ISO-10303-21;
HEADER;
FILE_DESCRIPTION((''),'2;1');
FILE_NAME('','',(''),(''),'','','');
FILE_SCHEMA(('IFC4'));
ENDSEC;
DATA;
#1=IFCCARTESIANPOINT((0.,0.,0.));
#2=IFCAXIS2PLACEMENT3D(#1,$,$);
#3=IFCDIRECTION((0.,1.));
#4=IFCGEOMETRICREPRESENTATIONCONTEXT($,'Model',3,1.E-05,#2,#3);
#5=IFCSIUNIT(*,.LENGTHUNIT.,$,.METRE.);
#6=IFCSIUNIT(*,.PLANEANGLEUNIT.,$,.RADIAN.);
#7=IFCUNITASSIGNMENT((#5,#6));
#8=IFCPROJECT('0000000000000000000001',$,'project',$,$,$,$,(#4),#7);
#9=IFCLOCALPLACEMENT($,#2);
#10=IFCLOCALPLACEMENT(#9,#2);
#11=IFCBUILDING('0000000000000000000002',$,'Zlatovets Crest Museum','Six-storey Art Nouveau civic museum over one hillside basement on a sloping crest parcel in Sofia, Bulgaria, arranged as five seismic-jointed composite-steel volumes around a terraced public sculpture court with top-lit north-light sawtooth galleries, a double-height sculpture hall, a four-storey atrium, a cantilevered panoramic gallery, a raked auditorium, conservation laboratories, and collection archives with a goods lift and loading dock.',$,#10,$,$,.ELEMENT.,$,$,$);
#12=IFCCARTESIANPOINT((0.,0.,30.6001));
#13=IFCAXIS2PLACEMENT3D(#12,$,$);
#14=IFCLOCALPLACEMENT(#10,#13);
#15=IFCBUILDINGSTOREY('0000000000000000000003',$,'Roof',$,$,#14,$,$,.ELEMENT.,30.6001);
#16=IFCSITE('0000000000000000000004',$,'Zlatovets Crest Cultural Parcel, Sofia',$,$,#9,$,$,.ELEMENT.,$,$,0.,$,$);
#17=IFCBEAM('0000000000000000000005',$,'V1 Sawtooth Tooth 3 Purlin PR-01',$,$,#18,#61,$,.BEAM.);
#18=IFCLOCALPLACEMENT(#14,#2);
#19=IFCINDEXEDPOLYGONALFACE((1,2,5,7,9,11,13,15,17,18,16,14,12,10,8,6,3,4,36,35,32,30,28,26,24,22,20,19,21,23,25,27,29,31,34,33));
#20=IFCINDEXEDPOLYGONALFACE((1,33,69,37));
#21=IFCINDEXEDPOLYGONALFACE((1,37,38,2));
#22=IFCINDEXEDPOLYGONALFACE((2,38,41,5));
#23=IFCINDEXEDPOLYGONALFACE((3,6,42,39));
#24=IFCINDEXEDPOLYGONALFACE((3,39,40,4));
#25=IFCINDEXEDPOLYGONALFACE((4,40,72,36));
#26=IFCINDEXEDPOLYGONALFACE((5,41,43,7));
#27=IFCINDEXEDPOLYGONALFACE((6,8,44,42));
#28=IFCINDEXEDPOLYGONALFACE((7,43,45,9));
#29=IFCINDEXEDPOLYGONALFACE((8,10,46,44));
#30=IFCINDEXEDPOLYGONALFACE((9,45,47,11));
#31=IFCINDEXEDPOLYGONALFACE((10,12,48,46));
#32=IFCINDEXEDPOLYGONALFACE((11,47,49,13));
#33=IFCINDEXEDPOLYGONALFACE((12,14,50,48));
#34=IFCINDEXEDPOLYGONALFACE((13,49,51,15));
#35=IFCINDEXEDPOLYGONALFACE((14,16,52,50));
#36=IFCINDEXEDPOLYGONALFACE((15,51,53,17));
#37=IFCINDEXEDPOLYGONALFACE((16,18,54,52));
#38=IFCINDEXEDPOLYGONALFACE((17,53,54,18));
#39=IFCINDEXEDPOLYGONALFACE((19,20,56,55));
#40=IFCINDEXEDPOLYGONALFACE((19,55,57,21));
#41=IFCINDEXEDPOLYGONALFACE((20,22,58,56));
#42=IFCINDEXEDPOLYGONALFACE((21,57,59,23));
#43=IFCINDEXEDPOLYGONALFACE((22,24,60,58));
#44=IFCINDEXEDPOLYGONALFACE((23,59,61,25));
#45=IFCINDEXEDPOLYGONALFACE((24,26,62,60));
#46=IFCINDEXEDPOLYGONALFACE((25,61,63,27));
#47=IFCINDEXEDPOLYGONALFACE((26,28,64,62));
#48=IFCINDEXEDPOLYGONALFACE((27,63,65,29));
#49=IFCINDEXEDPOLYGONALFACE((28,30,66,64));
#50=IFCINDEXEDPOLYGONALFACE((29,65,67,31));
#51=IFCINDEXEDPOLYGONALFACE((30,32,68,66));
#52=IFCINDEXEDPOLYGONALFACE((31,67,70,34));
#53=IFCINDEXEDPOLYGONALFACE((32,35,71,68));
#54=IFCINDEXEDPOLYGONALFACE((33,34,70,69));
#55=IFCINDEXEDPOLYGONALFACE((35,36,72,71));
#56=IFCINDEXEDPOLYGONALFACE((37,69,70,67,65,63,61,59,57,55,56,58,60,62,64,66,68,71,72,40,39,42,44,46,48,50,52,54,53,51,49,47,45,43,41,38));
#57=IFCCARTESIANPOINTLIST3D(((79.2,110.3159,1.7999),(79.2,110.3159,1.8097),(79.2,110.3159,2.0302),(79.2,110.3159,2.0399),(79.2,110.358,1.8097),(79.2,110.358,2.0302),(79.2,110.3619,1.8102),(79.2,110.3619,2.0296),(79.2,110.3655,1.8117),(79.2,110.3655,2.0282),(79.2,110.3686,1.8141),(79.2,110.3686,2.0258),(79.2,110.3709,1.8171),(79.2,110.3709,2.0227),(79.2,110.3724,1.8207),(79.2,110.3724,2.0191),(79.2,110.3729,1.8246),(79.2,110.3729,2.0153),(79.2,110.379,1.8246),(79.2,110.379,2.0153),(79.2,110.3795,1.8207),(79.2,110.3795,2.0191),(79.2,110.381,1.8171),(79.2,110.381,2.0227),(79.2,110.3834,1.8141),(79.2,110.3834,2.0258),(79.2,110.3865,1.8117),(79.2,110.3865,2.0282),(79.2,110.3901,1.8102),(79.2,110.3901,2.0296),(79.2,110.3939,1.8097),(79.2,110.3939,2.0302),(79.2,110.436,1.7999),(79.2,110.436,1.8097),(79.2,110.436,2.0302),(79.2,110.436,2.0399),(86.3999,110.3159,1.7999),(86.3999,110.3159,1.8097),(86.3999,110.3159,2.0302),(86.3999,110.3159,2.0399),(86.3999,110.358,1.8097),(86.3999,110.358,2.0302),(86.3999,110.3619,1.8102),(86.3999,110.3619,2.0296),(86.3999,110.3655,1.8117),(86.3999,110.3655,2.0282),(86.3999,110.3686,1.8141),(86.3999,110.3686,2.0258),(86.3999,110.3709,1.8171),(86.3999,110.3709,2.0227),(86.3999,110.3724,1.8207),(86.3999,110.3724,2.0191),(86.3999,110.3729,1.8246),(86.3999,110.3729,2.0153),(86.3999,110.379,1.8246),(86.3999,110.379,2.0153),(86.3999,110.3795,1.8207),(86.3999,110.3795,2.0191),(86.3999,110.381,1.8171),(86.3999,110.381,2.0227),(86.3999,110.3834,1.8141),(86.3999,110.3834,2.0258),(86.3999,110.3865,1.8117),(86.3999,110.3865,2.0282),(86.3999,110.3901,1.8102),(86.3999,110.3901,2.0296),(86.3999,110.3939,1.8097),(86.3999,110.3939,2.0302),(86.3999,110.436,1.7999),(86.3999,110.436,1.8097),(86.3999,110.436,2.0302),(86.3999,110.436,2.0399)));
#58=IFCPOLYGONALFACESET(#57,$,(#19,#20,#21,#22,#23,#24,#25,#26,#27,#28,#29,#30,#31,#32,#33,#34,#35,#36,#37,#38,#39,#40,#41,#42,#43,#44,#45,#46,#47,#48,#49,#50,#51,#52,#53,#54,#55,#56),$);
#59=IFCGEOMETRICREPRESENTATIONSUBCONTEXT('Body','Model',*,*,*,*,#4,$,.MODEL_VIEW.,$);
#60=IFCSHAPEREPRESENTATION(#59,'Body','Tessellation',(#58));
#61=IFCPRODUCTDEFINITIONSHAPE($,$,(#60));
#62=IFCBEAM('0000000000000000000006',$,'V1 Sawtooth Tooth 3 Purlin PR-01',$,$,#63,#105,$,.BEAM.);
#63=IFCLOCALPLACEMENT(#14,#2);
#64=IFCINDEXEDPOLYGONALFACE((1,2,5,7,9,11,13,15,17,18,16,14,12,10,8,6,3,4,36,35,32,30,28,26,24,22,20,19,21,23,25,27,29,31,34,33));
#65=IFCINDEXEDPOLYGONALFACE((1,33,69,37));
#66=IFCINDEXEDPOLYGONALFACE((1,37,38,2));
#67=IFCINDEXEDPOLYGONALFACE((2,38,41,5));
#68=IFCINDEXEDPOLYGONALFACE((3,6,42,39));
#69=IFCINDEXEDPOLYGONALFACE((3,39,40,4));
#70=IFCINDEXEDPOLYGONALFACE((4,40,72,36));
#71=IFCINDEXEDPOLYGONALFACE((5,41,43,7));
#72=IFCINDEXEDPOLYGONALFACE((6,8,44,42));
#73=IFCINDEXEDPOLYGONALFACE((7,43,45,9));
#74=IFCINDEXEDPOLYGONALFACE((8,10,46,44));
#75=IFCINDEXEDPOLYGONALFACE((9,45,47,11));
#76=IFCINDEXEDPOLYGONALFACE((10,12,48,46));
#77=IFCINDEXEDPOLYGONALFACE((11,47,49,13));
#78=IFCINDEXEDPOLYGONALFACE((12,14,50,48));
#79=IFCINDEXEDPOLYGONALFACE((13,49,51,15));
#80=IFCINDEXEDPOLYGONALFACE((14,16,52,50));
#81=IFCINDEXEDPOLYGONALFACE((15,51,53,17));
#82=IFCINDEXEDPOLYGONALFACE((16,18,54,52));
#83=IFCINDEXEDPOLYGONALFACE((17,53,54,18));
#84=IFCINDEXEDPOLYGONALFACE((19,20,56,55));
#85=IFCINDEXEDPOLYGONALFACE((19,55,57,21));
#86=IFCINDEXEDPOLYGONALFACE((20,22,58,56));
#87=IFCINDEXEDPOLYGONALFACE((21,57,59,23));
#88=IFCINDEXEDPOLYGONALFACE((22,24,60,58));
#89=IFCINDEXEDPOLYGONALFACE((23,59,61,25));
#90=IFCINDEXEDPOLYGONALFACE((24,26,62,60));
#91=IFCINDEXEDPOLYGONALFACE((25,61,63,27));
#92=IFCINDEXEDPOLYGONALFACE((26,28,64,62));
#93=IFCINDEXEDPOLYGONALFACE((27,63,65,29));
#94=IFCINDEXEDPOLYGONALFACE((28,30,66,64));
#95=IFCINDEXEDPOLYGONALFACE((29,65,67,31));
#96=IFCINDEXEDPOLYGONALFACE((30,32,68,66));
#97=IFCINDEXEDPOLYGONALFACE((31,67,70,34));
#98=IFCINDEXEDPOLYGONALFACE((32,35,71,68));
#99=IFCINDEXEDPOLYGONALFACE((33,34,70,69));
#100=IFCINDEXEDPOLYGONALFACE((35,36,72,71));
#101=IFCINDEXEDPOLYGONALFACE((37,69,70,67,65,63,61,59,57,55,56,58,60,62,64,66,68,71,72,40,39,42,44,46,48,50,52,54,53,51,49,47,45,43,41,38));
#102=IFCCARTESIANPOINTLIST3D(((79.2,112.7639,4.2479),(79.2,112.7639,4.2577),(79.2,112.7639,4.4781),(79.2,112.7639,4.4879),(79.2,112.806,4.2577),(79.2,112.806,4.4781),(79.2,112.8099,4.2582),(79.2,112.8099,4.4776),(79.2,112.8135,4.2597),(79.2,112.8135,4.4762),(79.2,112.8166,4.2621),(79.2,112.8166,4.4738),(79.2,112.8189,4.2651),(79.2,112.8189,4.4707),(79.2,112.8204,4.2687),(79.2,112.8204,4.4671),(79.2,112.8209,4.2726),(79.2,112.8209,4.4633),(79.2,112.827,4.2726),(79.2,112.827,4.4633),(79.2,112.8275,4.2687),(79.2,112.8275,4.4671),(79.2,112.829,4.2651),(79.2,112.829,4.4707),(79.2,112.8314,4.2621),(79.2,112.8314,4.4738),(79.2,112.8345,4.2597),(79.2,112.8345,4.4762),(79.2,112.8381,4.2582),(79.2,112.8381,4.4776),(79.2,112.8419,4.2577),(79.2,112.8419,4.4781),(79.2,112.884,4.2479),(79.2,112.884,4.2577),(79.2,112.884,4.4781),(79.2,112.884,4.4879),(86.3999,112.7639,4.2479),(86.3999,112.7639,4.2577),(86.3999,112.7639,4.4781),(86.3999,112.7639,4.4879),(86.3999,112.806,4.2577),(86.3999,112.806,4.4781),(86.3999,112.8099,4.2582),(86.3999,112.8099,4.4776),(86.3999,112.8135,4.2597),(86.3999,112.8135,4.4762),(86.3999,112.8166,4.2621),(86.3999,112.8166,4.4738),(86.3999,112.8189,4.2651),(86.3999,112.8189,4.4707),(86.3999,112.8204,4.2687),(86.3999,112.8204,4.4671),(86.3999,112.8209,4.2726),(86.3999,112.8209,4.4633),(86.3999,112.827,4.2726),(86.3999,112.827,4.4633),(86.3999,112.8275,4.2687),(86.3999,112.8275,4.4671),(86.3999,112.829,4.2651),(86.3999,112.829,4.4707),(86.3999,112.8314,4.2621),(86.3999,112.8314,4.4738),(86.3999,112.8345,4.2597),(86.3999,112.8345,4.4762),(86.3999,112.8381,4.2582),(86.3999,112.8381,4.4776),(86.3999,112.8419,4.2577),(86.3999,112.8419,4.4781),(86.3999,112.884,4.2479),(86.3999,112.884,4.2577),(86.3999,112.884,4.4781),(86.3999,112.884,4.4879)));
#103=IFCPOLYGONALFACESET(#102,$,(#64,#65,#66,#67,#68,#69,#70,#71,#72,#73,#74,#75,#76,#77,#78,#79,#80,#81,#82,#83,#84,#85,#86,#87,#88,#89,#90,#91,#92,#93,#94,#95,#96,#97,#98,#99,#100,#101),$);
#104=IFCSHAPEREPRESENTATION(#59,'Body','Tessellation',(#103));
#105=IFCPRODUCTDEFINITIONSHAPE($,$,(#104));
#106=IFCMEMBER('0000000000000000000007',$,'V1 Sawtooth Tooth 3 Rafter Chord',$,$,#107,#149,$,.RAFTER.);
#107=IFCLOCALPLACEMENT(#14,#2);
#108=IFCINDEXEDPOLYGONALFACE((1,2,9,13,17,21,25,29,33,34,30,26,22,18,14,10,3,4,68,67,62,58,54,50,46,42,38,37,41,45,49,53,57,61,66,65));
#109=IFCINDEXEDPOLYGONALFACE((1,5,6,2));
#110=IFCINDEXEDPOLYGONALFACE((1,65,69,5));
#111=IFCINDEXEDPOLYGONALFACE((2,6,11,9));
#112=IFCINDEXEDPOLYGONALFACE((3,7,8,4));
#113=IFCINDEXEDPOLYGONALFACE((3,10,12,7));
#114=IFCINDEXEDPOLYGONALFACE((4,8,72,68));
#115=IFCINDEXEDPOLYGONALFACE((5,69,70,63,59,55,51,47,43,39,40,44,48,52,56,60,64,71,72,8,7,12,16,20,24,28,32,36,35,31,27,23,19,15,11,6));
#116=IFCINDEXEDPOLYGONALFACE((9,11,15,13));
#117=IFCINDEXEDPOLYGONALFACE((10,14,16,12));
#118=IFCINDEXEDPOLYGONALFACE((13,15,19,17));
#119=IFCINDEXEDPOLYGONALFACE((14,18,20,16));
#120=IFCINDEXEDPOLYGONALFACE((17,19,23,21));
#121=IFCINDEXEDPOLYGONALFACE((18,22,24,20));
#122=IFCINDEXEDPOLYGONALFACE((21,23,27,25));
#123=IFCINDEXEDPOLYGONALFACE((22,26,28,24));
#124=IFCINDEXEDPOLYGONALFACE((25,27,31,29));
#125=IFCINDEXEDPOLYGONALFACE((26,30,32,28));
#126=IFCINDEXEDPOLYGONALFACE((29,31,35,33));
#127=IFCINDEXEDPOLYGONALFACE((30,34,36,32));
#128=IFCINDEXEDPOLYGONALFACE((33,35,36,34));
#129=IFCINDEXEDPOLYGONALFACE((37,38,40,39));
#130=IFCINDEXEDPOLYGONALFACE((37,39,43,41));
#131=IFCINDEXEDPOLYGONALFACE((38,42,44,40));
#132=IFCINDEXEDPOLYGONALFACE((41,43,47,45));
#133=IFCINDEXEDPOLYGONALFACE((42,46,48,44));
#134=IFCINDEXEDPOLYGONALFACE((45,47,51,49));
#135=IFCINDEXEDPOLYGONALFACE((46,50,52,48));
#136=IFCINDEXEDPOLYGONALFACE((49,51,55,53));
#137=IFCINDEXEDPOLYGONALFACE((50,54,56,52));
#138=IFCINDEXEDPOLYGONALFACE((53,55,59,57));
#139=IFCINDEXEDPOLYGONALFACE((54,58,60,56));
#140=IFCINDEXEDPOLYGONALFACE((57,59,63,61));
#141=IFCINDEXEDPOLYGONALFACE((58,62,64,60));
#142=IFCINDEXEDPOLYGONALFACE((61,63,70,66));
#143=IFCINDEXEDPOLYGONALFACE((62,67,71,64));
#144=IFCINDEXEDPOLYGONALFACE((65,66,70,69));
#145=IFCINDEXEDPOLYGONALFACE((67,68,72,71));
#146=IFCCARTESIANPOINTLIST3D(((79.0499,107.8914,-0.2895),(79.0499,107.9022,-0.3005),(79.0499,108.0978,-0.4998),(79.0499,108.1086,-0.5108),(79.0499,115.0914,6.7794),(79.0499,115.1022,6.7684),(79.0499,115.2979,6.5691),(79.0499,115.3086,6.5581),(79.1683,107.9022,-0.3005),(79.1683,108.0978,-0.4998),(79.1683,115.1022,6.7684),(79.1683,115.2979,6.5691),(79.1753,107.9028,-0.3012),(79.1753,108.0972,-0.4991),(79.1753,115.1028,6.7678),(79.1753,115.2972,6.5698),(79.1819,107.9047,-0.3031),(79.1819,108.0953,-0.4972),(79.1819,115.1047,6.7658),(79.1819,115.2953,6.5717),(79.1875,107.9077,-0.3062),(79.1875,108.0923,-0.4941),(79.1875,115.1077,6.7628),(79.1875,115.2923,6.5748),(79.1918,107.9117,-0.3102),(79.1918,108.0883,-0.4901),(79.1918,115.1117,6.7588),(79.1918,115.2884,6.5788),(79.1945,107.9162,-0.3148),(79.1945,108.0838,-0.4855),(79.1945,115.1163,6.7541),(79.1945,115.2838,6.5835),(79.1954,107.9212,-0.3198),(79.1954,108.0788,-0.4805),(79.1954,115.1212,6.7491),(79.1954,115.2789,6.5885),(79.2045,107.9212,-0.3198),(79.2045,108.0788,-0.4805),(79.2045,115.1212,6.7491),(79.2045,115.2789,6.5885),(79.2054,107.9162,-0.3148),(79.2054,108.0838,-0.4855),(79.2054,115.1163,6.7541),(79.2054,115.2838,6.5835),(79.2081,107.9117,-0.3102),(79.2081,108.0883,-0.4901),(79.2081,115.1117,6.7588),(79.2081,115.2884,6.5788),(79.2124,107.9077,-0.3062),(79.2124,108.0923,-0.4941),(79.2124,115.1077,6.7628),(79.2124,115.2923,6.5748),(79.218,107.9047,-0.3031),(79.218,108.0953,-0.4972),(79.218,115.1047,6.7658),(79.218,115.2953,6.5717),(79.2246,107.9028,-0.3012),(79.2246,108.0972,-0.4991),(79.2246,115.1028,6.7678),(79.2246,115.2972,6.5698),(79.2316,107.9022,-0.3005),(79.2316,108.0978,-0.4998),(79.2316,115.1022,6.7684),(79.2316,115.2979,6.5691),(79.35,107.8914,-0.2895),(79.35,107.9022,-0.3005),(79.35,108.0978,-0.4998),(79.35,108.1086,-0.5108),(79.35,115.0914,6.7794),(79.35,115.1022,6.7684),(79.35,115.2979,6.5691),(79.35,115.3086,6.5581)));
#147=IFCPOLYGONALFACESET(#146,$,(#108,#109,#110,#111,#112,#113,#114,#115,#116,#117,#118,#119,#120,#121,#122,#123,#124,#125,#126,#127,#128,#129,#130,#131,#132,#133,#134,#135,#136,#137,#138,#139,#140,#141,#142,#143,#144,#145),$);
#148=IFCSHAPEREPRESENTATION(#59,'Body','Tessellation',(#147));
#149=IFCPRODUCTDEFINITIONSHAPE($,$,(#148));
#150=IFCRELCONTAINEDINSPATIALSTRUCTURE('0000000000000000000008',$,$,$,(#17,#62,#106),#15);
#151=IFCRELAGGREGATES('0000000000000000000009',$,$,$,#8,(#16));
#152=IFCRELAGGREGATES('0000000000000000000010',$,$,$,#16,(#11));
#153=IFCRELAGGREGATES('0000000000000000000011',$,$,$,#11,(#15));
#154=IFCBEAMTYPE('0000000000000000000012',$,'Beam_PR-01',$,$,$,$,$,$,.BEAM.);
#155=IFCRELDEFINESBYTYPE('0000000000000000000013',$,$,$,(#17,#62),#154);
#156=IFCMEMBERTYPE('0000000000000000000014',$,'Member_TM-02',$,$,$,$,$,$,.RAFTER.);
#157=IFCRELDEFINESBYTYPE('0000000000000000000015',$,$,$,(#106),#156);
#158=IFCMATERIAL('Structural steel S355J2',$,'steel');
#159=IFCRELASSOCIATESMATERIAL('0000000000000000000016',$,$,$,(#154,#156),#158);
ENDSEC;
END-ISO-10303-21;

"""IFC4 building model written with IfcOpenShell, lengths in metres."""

from ifc_helpers import new_model, si_unit, direction, frame, origin, origin_2d, place, context, subcontext, project, spatial, i_section, extrude, material, material_profile, profile_set, type_object, element, save


model = new_model("IFC4")

# Units and contexts
model_context = context("Model", 3, precision=1e-05, world=origin(), true_north=direction((0.0, 1.0)))
body_context = subcontext(model_context, "Body", "Model", "MODEL_VIEW")
ifc_project = project(units=[si_unit("LENGTHUNIT", "METRE"), si_unit("PLANEANGLEUNIT", "RADIAN")], contexts=[model_context])

# Site, building, storey
site_placement = place(None, origin())
site = spatial("IfcSite", under=ifc_project, at=site_placement, Name="Zlatovets Crest Cultural Parcel, Sofia", CompositionType="ELEMENT", RefElevation=0.0)
building_placement = place(site_placement, origin())
building = spatial("IfcBuilding", under=site, at=building_placement, Name="Zlatovets Crest Museum", Description="Six-storey Art Nouveau civic museum over one hillside basement on a sloping crest parcel in Sofia, Bulgaria, arranged as five seismic-jointed composite-steel volumes around a terraced public sculpture court with top-lit north-light sawtooth galleries, a double-height sculpture hall, a four-storey atrium, a cantilevered panoramic gallery, a raked auditorium, conservation laboratories, and collection archives with a goods lift and loading dock.", CompositionType="ELEMENT")
storey_placement = place(building_placement, frame((0.0, 0.0, 30.6001)))
storey = spatial("IfcBuildingStorey", under=building, at=storey_placement, Name="Roof", CompositionType="ELEMENT", Elevation=30.6001)

# Beams
ifc_material_1 = material(Name="Structural steel S355J2", Category="steel")
ifc_material_profile_1 = material_profile(ifc_material_1, i_section(OverallWidth=0.1201, OverallDepth=0.24, WebThickness=0.0061, FlangeThickness=0.0098, FilletRadius=0.0149, at=origin_2d()), Name="IPE 240")
ifc_profile_set_1 = profile_set([ifc_material_profile_1], Name="Structural steel S355J2")
beam_type_1 = type_object("IfcBeamType", Name="Beam_PR-01", PredefinedType="BEAM", material=ifc_profile_set_1)
for number, where, z_axis, x_axis, name in (
    (1, (79.2, 110.376, 1.9199), (1.0, 0.0, 0.0), (0.0, 1.0, 0.0), "V1 Sawtooth Tooth 3 Purlin PR-01"),
    (2, (79.2, 112.824, 4.3679), (1.0, 0.0, 0.0), (0.0, 1.0, 0.0), "V1 Sawtooth Tooth 3 Purlin PR-01"),
):
    element("IfcBeam", number, at=place(storey_placement, frame(where, z_axis=z_axis, x_axis=x_axis)), inside=storey, type_object=beam_type_1, Name=name, PredefinedType="BEAM", context=body_context, shape_type="SweptSolid", body=[
        extrude(i_section(OverallWidth=0.1201, OverallDepth=0.24, WebThickness=0.0061, FlangeThickness=0.0098, FilletRadius=0.0149, at=origin_2d()), origin(), (0.0, 0.0, 1.0), 7.2),
    ])

# Member
ifc_material_profile_2 = material_profile(ifc_material_1, i_section(OverallWidth=0.3, OverallDepth=0.3101, WebThickness=0.009, FlangeThickness=0.0154, FilletRadius=0.0271, at=origin_2d()), Name="HEA 320")
ifc_profile_set_2 = profile_set([ifc_material_profile_2], Name="Structural steel S355J2")
member_type_1 = type_object("IfcMemberType", Name="Member_TM-02", PredefinedType="RAFTER", material=ifc_profile_set_2)
member_placement = place(storey_placement, frame((79.2, 108.0, -0.4001), z_axis=(0.0, 0.713574, 0.70058), x_axis=(-1.0, 0.0, 0.0)))
element("IfcMember", 3, at=member_placement, inside=storey, type_object=member_type_1, Name="V1 Sawtooth Tooth 3 Rafter Chord", PredefinedType="RAFTER", context=body_context, shape_type="SweptSolid", body=[
    extrude(i_section(OverallWidth=0.3, OverallDepth=0.3101, WebThickness=0.009, FlangeThickness=0.0154, FilletRadius=0.0271, at=origin_2d()), origin(), (0.0, 0.0, 1.0), 10.0901),
])

save(model, "model.ifc")
